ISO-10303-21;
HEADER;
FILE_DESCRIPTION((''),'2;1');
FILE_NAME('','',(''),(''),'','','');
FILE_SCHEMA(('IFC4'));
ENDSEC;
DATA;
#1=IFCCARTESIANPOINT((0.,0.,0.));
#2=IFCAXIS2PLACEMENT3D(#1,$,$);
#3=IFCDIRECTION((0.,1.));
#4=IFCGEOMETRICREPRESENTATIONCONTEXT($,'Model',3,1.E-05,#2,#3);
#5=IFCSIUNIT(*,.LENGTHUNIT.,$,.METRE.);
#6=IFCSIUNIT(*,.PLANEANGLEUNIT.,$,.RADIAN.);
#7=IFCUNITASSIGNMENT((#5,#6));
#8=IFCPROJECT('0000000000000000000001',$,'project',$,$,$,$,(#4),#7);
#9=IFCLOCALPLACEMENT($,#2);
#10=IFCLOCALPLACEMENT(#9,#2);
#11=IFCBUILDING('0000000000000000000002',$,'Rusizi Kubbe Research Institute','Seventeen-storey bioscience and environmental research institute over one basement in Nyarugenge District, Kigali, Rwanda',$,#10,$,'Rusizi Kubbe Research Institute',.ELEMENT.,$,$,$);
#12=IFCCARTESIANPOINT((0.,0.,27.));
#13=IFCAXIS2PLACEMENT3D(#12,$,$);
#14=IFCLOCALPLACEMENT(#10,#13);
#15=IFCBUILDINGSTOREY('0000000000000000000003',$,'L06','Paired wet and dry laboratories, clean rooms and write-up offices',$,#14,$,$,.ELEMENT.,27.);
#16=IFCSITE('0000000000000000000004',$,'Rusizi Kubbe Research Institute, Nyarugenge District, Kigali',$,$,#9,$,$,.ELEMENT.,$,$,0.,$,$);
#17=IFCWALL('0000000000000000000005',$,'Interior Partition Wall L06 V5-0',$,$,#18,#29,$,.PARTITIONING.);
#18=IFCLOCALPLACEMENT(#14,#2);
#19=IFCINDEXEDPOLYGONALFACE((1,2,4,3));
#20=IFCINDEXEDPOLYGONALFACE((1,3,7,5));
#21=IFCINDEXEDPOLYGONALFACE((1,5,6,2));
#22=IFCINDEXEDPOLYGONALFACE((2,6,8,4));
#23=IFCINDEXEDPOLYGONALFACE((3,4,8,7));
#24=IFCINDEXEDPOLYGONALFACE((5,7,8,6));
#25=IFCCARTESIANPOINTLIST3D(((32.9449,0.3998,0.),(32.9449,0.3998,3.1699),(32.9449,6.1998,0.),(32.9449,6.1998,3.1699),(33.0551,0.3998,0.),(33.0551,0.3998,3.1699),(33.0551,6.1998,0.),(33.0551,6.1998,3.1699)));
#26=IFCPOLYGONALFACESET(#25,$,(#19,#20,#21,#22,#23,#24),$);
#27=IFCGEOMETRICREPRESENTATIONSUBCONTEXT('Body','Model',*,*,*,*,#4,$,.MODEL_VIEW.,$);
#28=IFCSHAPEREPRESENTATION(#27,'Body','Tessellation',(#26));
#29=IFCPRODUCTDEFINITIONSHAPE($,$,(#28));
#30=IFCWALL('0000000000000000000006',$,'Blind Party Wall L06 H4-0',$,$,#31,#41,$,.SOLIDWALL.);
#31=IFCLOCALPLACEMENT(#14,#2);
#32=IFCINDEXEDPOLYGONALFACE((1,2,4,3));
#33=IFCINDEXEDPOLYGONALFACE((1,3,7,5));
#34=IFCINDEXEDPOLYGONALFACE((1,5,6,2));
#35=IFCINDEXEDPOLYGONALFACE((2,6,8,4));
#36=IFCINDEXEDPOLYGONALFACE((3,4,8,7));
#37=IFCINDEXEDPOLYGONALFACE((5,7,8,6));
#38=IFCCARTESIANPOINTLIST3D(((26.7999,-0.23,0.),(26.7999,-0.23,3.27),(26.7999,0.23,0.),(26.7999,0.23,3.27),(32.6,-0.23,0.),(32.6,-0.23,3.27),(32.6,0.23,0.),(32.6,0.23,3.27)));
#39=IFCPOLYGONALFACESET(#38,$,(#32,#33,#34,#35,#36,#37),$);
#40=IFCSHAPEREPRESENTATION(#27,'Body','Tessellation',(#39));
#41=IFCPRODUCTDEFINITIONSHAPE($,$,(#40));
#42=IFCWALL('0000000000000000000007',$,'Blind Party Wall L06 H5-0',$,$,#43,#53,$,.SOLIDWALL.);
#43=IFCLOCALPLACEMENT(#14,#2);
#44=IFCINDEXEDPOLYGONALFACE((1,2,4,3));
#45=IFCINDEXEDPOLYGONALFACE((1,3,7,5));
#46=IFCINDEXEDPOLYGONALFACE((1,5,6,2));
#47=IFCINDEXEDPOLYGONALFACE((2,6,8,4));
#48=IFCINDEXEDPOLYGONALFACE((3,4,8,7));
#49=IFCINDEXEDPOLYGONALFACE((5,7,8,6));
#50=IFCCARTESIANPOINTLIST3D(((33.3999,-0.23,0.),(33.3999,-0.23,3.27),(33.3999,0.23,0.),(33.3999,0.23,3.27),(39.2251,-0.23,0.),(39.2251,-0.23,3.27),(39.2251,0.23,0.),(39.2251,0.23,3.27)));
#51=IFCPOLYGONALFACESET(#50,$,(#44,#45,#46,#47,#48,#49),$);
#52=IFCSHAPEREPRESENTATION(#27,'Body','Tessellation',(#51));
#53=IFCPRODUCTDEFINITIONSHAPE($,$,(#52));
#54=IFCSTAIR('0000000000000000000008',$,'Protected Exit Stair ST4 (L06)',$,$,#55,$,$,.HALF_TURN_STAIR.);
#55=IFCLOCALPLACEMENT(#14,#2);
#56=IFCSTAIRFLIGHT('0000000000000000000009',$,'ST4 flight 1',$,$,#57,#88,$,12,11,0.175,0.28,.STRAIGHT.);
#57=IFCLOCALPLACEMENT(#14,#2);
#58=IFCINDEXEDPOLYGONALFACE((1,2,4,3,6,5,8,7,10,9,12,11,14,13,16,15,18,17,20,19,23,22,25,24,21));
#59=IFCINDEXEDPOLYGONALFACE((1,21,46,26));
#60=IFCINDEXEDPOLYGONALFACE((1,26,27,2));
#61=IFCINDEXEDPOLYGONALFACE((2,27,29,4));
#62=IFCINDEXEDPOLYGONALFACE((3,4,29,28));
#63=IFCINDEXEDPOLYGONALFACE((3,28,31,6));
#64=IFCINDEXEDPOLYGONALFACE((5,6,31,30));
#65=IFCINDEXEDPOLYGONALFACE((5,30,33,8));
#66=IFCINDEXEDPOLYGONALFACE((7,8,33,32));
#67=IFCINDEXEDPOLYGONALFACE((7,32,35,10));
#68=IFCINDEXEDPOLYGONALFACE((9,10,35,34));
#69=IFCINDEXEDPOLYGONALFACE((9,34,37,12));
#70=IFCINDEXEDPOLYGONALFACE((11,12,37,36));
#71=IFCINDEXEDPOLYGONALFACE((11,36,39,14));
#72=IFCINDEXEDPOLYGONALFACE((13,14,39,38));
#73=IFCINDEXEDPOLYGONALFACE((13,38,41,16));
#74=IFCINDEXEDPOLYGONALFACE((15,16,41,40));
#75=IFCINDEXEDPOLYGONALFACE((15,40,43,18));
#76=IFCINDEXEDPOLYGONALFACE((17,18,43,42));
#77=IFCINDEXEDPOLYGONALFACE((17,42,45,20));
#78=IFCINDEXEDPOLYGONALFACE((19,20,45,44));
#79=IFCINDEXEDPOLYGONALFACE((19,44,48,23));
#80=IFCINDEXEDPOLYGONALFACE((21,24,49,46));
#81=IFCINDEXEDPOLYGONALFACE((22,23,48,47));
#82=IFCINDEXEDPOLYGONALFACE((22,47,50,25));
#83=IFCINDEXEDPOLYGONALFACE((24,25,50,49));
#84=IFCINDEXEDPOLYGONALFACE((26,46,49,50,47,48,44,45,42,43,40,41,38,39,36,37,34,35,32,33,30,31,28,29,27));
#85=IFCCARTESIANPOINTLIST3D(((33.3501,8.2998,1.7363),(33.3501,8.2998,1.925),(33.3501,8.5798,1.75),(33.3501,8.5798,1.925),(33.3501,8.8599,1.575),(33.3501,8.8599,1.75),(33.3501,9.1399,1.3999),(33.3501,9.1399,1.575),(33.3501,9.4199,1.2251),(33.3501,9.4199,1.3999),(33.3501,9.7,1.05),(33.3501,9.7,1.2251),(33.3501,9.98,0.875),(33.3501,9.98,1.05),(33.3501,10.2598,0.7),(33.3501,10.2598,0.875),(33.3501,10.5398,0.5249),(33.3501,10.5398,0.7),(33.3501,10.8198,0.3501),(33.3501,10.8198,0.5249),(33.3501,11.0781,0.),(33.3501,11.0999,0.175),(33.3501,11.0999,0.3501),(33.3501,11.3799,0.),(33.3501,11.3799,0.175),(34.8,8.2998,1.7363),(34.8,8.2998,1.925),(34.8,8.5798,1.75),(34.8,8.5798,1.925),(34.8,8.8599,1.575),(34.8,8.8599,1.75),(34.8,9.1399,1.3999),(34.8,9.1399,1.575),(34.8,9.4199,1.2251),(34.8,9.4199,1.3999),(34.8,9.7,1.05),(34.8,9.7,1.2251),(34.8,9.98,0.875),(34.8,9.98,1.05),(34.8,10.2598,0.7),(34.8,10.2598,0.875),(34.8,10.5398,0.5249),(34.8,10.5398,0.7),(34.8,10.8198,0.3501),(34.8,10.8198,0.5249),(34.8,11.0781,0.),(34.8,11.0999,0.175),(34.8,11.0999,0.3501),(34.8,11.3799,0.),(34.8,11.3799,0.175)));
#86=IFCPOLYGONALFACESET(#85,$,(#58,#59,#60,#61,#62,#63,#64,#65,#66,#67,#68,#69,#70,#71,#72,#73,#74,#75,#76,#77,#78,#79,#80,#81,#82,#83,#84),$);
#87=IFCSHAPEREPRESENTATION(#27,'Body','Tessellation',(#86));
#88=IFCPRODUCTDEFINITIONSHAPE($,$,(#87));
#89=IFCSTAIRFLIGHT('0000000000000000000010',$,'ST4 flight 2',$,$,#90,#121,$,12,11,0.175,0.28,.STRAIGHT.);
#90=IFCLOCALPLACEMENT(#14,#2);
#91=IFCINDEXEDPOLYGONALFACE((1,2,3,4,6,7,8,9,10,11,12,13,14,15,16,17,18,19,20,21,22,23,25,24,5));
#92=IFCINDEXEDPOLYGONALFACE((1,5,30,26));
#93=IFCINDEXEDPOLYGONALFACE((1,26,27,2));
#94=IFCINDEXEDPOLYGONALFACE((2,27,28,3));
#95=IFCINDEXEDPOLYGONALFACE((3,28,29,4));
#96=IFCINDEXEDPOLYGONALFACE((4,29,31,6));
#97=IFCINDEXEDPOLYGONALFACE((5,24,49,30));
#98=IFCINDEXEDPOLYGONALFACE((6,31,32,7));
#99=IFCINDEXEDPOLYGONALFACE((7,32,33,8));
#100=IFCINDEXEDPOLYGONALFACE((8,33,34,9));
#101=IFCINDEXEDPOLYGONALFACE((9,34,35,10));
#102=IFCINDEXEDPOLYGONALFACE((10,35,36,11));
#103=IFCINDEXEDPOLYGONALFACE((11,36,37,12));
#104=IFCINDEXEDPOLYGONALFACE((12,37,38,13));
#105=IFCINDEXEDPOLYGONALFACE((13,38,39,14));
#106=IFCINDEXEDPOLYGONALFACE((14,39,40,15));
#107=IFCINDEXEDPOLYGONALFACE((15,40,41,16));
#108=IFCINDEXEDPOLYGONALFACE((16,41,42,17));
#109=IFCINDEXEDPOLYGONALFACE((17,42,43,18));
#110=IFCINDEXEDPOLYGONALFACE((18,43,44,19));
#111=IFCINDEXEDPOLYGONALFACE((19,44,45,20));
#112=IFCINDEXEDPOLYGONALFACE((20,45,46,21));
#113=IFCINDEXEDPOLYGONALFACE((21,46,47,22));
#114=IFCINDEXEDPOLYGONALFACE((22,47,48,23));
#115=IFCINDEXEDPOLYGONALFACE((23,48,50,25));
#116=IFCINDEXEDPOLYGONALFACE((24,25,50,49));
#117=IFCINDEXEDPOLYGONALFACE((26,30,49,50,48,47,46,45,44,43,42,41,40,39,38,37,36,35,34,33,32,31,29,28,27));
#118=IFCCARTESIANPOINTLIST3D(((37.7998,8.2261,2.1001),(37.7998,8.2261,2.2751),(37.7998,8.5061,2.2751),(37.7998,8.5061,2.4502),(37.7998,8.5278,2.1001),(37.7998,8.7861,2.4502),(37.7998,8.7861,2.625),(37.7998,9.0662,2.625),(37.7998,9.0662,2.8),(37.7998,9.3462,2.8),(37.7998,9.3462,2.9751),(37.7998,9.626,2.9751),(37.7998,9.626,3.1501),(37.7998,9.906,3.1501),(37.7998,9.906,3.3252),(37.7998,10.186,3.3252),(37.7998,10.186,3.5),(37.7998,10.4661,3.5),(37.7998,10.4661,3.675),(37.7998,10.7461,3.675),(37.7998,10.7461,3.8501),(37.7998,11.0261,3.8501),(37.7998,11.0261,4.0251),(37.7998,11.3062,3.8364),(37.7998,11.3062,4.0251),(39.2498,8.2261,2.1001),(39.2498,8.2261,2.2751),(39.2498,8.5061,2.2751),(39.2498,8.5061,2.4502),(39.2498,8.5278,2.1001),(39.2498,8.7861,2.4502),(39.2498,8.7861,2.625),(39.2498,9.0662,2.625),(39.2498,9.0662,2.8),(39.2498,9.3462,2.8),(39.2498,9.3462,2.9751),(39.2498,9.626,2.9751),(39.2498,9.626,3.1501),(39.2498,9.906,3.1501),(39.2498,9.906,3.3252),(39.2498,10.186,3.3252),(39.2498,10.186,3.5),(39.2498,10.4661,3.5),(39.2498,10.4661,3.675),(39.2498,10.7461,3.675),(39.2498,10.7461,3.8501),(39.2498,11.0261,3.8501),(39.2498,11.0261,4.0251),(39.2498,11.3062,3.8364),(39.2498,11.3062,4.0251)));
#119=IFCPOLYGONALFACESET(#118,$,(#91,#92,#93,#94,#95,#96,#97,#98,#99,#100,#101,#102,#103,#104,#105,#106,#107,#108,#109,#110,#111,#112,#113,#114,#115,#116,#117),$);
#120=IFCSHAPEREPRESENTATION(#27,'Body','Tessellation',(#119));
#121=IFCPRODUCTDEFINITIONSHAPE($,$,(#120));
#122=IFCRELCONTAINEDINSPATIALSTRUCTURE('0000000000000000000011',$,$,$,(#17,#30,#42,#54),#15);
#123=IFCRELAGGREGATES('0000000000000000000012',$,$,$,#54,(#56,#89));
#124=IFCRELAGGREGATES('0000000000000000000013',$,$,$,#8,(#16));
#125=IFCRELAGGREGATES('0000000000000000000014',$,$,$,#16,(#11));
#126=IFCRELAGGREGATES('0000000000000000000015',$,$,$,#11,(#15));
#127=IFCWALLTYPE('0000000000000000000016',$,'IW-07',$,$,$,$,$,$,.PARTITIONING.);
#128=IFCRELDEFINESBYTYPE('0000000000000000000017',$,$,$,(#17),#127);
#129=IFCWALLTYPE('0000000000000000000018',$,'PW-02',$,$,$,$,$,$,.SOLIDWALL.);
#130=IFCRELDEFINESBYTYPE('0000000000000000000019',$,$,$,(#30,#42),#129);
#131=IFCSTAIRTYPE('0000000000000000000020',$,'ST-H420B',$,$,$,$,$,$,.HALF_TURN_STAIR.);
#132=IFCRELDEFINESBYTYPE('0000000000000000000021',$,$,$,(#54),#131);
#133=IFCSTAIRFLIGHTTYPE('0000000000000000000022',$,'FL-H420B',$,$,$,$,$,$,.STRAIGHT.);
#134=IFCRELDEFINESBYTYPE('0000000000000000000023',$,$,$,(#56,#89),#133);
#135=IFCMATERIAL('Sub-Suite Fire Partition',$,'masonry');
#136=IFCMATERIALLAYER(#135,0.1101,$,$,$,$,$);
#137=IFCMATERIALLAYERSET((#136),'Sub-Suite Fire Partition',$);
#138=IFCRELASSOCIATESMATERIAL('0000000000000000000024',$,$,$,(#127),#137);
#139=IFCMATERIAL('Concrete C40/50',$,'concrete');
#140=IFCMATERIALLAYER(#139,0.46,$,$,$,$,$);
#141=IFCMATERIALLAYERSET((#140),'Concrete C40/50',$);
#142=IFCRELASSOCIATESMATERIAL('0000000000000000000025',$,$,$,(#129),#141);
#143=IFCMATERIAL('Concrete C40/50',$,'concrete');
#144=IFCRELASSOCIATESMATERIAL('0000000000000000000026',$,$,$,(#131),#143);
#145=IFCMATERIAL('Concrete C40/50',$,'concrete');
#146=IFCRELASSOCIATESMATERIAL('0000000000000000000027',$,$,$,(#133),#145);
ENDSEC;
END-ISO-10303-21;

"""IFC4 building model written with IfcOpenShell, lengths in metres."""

from ifc_helpers import new_model, si_unit, direction, frame, frame_2d, origin, place, context, subcontext, project, spatial, polyline, rectangle, outline, extrude, material, layer, layer_set, type_object, element, aggregate, save


model = new_model("IFC4")

# Units and contexts
model_context = context("Model", 3, precision=1e-05, world=origin(), true_north=direction((0.0, 1.0)))
body_context = subcontext(model_context, "Body", "Model", "MODEL_VIEW")
ifc_project = project(units=[si_unit("LENGTHUNIT", "METRE"), si_unit("PLANEANGLEUNIT", "RADIAN")], contexts=[model_context])

# Site, building, storey
site_placement = place(None, origin())
site = spatial("IfcSite", under=ifc_project, at=site_placement, Name="Rusizi Kubbe Research Institute, Nyarugenge District, Kigali", CompositionType="ELEMENT", RefElevation=0.0)
building_placement = place(site_placement, origin())
building = spatial("IfcBuilding", under=site, at=building_placement, Name="Rusizi Kubbe Research Institute", Description="Seventeen-storey bioscience and environmental research institute over one basement in Nyarugenge District, Kigali, Rwanda", LongName="Rusizi Kubbe Research Institute", CompositionType="ELEMENT")
storey_placement = place(building_placement, frame((0.0, 0.0, 27.0)))
storey = spatial("IfcBuildingStorey", under=building, at=storey_placement, Name="L06", Description="Paired wet and dry laboratories, clean rooms and write-up offices", CompositionType="ELEMENT", Elevation=27.0)

# Walls
ifc_material_1 = material(Name="Sub-Suite Fire Partition", Category="masonry")
ifc_layer_1 = layer(ifc_material_1, 0.1101)
ifc_layer_set_1 = layer_set([ifc_layer_1], Name="Sub-Suite Fire Partition")
wall_type_1 = type_object("IfcWallType", Name="IW-07", PredefinedType="PARTITIONING", material=ifc_layer_set_1)
wall_1_placement = place(storey_placement, frame((33.0, 0.3999, 0.0), z_axis=(0.0, 0.0, 1.0), x_axis=(0.0, 1.0, 0.0)))
element("IfcWall", 1, at=wall_1_placement, inside=storey, type_object=wall_type_1, Name="Interior Partition Wall L06 V5-0", PredefinedType="PARTITIONING", context=body_context, shape_type="SweptSolid", body=[
    extrude(rectangle(XDim=5.8, YDim=0.1101, at=frame_2d((2.8999, 0.0))), origin(), (0.0, 0.0, 1.0), 3.1699),
])
ifc_material_2 = material(Name="Concrete C40/50", Category="concrete")
ifc_layer_2 = layer(ifc_material_2, 0.46)
ifc_layer_set_2 = layer_set([ifc_layer_2], Name="Concrete C40/50")
wall_type_2 = type_object("IfcWallType", Name="PW-02", PredefinedType="SOLIDWALL", material=ifc_layer_set_2)
wall_2_placement = place(storey_placement, frame((26.8, 0.0, 0.0), z_axis=(0.0, 0.0, 1.0), x_axis=(1.0, 0.0, 0.0)))
element("IfcWall", 2, at=wall_2_placement, inside=storey, type_object=wall_type_2, Name="Blind Party Wall L06 H4-0", PredefinedType="SOLIDWALL", context=body_context, shape_type="SweptSolid", body=[
    extrude(rectangle(XDim=5.8, YDim=0.46, at=frame_2d((2.8999, 0.0))), origin(), (0.0, 0.0, 1.0), 3.27),
])
wall_3_placement = place(storey_placement, frame((33.3999, 0.0, 0.0), z_axis=(0.0, 0.0, 1.0), x_axis=(1.0, 0.0, 0.0)))
element("IfcWall", 3, at=wall_3_placement, inside=storey, type_object=wall_type_2, Name="Blind Party Wall L06 H5-0", PredefinedType="SOLIDWALL", context=body_context, shape_type="SweptSolid", body=[
    extrude(rectangle(XDim=5.8252, YDim=0.46, at=frame_2d((2.9126, 0.0))), origin(), (0.0, 0.0, 1.0), 3.27),
])

# Stair, stair flights
ifc_material_3 = material(Name="Concrete C40/50", Category="concrete")
stair_type = type_object("IfcStairType", Name="ST-H420B", PredefinedType="HALF_TURN_STAIR", material=ifc_material_3)
stair_placement = place(storey_placement, origin())
stair = element("IfcStair", 4, at=stair_placement, inside=storey, type_object=stair_type, Name="Protected Exit Stair ST4 (L06)", PredefinedType="HALF_TURN_STAIR")
ifc_material_4 = material(Name="Concrete C40/50", Category="concrete")
stair_flight_type = type_object("IfcStairFlightType", Name="FL-H420B", PredefinedType="STRAIGHT", material=ifc_material_4)
stair_flight_1_placement = place(storey_placement, frame((34.075, 11.3799, 0.0), z_axis=(0.0, 0.0, 1.0), x_axis=(0.0, -1.0, 0.0)))
stair_flight_1 = element("IfcStairFlight", 5, at=stair_flight_1_placement, type_object=stair_flight_type, Name="ST4 flight 1", NumberOfRisers=12, NumberOfTreads=11, PredefinedType="STRAIGHT", RiserHeight=0.175, TreadLength=0.28, context=body_context, shape_type="SweptSolid", body=[
    extrude(outline(polyline([(0.0, 0.0), (0.0, 0.175), (0.28, 0.175), (0.28, 0.3501), (0.5601, 0.3501), (0.5601, 0.5249), (0.8401, 0.5249), (0.8401, 0.7), (1.1201, 0.7), (1.1201, 0.875), (1.3999, 0.875), (1.3999, 1.05), (1.6799, 1.05), (1.6799, 1.2251), (1.96, 1.2251), (1.96, 1.3999), (2.24, 1.3999), (2.24, 1.575), (2.52, 1.575), (2.52, 1.75), (2.8, 1.75), (2.8, 1.925), (3.0801, 1.925), (3.0801, 2.1001), (3.0801, 1.7363), (0.3018, 0.0), (0.0, 0.0)])), frame((0.0, 0.7251, 0.0), z_axis=(0.0, -1.0, 0.0), x_axis=(1.0, 0.0, 0.0)), (0.0, 0.0, 1.0), 1.45),
])
stair_flight_2_placement = place(storey_placement, frame((38.5249, 8.2261, 2.1001), z_axis=(0.0, 0.0, 1.0), x_axis=(0.0, 1.0, 0.0)))
stair_flight_2 = element("IfcStairFlight", 6, at=stair_flight_2_placement, type_object=stair_flight_type, Name="ST4 flight 2", NumberOfRisers=12, NumberOfTreads=11, PredefinedType="STRAIGHT", RiserHeight=0.175, TreadLength=0.28, context=body_context, shape_type="SweptSolid", body=[
    extrude(outline(polyline([(0.0, 0.0), (0.0, 0.175), (0.28, 0.175), (0.28, 0.3501), (0.5601, 0.3501), (0.5601, 0.5249), (0.8401, 0.5249), (0.8401, 0.7), (1.1201, 0.7), (1.1201, 0.875), (1.3999, 0.875), (1.3999, 1.05), (1.6799, 1.05), (1.6799, 1.2251), (1.96, 1.2251), (1.96, 1.3999), (2.24, 1.3999), (2.24, 1.575), (2.52, 1.575), (2.52, 1.75), (2.8, 1.75), (2.8, 1.925), (3.0801, 1.925), (3.0801, 2.1001), (3.0801, 1.7363), (0.3018, 0.0), (0.0, 0.0)])), frame((0.0, 0.7251, 0.0), z_axis=(0.0, -1.0, 0.0), x_axis=(1.0, 0.0, 0.0)), (0.0, 0.0, 1.0), 1.45),
])
aggregate(stair, [stair_flight_1, stair_flight_2])

save(model, "model.ifc")
